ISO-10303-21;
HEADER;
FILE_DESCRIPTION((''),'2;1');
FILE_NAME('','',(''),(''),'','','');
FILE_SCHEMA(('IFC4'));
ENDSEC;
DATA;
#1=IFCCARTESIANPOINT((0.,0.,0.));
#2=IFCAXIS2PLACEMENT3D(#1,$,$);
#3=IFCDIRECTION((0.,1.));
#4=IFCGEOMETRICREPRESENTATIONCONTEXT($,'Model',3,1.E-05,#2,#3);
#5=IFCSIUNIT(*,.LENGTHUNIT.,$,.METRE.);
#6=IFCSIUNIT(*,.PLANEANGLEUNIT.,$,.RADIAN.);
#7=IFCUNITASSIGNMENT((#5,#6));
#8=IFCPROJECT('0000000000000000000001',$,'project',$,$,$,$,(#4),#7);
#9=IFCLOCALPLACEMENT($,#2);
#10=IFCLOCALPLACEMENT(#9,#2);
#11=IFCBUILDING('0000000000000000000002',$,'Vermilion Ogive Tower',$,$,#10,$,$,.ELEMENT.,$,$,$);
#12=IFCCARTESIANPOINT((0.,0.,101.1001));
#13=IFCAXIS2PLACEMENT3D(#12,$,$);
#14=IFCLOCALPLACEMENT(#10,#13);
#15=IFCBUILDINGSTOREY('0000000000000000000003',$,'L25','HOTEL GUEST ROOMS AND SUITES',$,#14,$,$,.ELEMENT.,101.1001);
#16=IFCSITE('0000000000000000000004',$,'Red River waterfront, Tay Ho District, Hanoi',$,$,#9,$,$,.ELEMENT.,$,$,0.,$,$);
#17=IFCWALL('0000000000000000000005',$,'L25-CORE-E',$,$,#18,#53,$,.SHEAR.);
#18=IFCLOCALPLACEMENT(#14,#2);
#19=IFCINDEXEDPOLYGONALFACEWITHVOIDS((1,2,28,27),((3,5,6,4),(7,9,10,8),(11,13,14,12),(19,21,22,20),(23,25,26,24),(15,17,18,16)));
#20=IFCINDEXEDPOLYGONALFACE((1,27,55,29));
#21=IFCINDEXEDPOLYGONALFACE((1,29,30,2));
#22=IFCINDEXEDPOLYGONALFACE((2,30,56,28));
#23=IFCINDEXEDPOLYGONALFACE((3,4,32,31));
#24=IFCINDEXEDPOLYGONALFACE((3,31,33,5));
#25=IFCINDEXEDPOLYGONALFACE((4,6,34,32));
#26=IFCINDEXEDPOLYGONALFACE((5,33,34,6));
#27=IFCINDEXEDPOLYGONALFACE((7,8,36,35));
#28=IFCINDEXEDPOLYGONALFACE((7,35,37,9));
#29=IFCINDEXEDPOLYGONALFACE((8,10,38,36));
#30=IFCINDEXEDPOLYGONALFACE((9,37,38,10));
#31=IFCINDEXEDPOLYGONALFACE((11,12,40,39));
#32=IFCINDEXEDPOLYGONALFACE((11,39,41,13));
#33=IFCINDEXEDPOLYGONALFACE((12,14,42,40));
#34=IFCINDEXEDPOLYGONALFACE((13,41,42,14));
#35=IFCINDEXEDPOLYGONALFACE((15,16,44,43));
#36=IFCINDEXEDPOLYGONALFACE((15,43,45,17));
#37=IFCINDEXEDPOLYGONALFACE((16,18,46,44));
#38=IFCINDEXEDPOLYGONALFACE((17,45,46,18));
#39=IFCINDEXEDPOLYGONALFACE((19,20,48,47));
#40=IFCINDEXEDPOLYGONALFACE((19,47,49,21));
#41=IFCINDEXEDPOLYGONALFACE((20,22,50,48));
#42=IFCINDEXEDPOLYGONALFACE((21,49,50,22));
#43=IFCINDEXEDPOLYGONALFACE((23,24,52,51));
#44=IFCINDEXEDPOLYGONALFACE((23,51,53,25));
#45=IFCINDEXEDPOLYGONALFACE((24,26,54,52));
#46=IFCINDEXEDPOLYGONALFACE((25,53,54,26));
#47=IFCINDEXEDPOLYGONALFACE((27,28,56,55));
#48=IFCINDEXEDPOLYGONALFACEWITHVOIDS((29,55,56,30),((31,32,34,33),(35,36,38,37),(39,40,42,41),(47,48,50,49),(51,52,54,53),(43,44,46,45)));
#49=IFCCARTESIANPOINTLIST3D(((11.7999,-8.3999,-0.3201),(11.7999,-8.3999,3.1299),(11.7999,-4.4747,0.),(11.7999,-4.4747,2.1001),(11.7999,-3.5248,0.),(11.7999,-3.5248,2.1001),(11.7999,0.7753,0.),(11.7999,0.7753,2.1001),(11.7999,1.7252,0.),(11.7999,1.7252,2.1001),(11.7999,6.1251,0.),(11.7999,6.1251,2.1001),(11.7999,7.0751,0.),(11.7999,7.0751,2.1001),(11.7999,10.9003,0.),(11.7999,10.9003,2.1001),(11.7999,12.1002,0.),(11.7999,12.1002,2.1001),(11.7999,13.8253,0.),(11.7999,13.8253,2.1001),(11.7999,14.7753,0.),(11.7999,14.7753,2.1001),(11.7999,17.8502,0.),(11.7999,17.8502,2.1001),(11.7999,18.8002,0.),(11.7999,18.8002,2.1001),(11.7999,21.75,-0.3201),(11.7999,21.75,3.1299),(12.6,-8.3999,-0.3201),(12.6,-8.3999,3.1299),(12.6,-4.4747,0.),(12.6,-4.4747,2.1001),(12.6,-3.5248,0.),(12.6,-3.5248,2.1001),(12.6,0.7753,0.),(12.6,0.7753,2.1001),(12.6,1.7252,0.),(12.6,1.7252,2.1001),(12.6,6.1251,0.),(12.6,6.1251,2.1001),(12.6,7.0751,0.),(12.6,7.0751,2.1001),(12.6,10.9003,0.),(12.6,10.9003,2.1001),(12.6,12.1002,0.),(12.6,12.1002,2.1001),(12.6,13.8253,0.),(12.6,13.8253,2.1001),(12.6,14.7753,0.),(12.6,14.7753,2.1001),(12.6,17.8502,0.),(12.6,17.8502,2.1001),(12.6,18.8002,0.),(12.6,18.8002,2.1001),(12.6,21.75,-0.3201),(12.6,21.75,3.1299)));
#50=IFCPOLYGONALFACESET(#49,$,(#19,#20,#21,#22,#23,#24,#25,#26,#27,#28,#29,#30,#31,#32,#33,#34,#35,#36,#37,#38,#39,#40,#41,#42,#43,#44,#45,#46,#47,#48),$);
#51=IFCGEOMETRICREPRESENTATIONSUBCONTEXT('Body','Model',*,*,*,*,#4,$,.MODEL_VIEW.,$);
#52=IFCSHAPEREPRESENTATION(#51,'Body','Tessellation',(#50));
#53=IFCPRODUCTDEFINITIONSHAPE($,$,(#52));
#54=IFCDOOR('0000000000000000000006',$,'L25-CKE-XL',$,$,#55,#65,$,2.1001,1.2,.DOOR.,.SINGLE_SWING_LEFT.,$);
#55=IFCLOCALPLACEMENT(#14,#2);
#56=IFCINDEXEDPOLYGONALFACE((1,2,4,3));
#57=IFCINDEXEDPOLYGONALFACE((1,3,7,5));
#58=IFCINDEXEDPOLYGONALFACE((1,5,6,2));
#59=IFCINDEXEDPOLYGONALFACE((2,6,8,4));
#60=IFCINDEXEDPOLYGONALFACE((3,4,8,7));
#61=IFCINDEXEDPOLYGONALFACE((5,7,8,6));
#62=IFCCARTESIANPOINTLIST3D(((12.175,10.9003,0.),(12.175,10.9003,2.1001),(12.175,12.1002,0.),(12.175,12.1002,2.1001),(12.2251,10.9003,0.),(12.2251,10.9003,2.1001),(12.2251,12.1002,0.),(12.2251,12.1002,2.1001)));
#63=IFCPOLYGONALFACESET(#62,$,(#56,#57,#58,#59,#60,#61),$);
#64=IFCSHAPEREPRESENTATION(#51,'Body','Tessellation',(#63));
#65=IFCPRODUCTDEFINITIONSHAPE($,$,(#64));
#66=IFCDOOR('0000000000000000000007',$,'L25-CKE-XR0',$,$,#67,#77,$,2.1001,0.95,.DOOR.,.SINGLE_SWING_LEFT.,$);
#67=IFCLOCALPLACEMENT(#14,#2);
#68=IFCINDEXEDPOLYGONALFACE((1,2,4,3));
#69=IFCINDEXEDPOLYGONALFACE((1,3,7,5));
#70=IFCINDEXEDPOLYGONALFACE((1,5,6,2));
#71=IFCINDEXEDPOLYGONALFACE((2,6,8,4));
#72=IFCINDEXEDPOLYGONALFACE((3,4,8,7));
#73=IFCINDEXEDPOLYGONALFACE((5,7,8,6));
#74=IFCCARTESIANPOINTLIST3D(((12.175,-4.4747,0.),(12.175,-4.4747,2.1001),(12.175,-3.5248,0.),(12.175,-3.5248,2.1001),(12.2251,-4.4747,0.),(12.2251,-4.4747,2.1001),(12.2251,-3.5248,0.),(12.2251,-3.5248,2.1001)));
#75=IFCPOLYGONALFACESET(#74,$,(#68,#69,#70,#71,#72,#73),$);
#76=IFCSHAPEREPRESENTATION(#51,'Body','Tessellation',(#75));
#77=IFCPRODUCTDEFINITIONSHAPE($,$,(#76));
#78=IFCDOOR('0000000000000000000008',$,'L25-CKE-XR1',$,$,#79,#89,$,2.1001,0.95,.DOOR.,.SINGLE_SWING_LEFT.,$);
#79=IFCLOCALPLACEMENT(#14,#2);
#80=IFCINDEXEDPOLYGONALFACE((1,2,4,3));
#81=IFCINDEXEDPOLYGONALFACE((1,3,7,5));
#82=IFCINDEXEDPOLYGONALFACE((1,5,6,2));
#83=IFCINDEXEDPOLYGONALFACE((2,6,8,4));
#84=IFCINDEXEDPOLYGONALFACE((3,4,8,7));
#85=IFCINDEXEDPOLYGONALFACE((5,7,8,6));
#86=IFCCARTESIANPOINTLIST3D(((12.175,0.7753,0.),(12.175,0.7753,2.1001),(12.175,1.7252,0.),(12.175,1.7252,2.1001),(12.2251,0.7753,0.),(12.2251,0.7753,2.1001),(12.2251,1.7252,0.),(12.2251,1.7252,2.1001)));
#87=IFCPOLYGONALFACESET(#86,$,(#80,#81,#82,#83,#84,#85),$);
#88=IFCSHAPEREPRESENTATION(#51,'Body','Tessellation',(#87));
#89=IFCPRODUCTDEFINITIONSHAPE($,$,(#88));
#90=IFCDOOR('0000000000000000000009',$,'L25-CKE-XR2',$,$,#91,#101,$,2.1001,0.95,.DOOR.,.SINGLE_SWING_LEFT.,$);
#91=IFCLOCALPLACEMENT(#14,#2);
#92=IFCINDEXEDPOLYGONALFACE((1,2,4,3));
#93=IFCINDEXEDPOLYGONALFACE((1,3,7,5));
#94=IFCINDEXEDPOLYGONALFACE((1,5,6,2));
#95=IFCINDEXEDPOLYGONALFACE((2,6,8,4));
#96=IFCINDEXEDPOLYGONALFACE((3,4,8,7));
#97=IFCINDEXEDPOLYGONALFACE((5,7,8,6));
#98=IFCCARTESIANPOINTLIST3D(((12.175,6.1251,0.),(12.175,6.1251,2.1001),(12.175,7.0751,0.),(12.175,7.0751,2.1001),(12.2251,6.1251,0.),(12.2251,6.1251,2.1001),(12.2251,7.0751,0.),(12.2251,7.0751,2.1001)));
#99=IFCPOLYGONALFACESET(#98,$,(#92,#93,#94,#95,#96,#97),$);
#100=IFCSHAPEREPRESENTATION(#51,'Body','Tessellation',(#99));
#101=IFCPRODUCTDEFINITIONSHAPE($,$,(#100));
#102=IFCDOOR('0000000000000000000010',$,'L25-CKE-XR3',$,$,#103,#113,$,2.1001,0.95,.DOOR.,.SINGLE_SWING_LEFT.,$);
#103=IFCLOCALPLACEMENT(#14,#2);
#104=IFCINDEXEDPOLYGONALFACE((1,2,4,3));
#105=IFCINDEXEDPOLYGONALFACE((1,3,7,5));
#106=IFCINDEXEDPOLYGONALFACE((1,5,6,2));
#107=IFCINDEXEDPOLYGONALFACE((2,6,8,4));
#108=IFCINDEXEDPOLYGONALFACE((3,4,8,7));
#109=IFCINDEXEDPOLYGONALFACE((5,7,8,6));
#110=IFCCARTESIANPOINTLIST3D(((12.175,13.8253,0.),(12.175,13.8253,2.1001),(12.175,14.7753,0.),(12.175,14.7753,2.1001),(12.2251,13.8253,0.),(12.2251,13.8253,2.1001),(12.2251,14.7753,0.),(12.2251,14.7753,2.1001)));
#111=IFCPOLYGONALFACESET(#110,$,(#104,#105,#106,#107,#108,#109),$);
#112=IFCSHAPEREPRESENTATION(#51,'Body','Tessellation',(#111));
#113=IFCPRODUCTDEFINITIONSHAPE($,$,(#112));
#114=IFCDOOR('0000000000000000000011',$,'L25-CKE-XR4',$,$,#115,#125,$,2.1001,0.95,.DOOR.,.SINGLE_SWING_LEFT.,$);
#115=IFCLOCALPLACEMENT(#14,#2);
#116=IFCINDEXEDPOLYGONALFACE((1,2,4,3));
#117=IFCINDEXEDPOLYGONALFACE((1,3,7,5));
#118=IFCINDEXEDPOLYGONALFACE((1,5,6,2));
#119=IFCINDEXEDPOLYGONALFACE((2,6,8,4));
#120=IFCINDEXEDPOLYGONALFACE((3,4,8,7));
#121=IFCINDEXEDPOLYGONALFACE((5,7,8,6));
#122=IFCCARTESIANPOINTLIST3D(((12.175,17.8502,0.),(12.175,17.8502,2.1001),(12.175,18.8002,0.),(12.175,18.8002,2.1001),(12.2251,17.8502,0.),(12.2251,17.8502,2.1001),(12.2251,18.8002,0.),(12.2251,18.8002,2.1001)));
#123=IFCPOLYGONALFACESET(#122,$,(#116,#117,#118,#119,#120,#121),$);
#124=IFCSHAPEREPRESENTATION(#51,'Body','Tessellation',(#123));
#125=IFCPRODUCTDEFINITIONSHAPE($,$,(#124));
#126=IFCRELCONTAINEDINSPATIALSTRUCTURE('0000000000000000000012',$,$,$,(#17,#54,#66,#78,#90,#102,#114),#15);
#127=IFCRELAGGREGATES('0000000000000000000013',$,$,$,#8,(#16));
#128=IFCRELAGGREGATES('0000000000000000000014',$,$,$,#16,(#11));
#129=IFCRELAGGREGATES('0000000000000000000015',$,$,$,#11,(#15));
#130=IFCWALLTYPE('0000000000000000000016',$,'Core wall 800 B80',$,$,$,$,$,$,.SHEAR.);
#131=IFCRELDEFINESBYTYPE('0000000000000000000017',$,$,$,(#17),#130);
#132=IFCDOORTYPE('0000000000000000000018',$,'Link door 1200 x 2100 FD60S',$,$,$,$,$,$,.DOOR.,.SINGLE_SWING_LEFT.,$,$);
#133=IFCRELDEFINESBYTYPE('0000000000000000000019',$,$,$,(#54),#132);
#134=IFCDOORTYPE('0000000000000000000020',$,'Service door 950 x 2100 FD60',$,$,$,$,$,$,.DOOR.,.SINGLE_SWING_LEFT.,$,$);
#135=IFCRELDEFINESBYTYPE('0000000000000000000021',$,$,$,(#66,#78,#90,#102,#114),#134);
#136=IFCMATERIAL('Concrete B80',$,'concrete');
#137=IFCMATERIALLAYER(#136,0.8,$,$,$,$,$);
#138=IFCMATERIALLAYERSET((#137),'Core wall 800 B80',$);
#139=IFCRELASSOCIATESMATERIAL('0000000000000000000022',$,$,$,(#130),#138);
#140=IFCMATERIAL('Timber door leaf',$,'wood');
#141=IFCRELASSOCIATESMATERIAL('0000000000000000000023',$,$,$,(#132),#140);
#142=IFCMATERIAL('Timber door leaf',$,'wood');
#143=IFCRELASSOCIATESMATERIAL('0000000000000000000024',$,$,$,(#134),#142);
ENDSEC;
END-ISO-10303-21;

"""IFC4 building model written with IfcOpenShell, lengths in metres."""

from ifc_helpers import new_model, si_unit, direction, frame, frame_2d, origin, place, context, subcontext, project, spatial, rectangle, extrude, material, layer, layer_set, type_object, element, fill, save


model = new_model("IFC4")

# Units and contexts
model_context = context("Model", 3, precision=1e-05, world=origin(), true_north=direction((0.0, 1.0)))
body_context = subcontext(model_context, "Body", "Model", "MODEL_VIEW")
ifc_project = project(units=[si_unit("LENGTHUNIT", "METRE"), si_unit("PLANEANGLEUNIT", "RADIAN")], contexts=[model_context])

# Site, building, storey
site_placement = place(None, origin())
site = spatial("IfcSite", under=ifc_project, at=site_placement, Name="Red River waterfront, Tay Ho District, Hanoi", CompositionType="ELEMENT", RefElevation=0.0)
building_placement = place(site_placement, origin())
building = spatial("IfcBuilding", under=site, at=building_placement, Name="Vermilion Ogive Tower", CompositionType="ELEMENT")
storey_placement = place(building_placement, frame((0.0, 0.0, 101.1001)))
storey = spatial("IfcBuildingStorey", under=building, at=storey_placement, Name="L25", Description="HOTEL GUEST ROOMS AND SUITES", CompositionType="ELEMENT", Elevation=101.1001)

# Wall, openings, doors
ifc_material_1 = material(Name="Concrete B80", Category="concrete")
ifc_layer_1 = layer(ifc_material_1, 0.8)
ifc_layer_set_1 = layer_set([ifc_layer_1], Name="Core wall 800 B80")
wall_type_1 = type_object("IfcWallType", Name="Core wall 800 B80", PredefinedType="SHEAR", material=ifc_layer_set_1)
wall_1_placement = place(storey_placement, frame((12.2, -8.3999, -0.3201), z_axis=(0.0, 0.0, 1.0), x_axis=(0.0, 1.0, 0.0)))
wall_1 = element("IfcWall", 1, at=wall_1_placement, inside=storey, type_object=wall_type_1, Name="L25-CORE-E", PredefinedType="SHEAR", context=body_context, shape_type="SweptSolid", body=[
    extrude(rectangle(XDim=30.1499, YDim=0.8, at=frame_2d((15.075, 0.0))), origin(), (0.0, 0.0, 1.0), 3.45),
])
opening_1_placement = place(wall_1_placement, frame((3.925, 0.0, 0.3201)))
opening_1 = element("IfcOpeningElement", 2, at=opening_1_placement, cuts=wall_1, PredefinedType="OPENING", context=body_context, shape_type="SweptSolid", body=[
    extrude(rectangle(XDim=0.95, YDim=2.1001, at=frame_2d((0.4751, 1.05))), frame((0.0, 0.4099, 0.0), z_axis=(0.0, -1.0, 0.0), x_axis=(1.0, 0.0, 0.0)), (0.0, 0.0, 1.0), 0.8201),
])
opening_2_placement = place(wall_1_placement, frame((9.175, 0.0, 0.3201)))
opening_2 = element("IfcOpeningElement", 3, at=opening_2_placement, cuts=wall_1, PredefinedType="OPENING", context=body_context, shape_type="SweptSolid", body=[
    extrude(rectangle(XDim=0.95, YDim=2.1001, at=frame_2d((0.4751, 1.05))), frame((0.0, 0.4099, 0.0), z_axis=(0.0, -1.0, 0.0), x_axis=(1.0, 0.0, 0.0)), (0.0, 0.0, 1.0), 0.8201),
])
opening_3_placement = place(wall_1_placement, frame((14.5249, 0.0, 0.3201)))
opening_3 = element("IfcOpeningElement", 4, at=opening_3_placement, cuts=wall_1, PredefinedType="OPENING", context=body_context, shape_type="SweptSolid", body=[
    extrude(rectangle(XDim=0.95, YDim=2.1001, at=frame_2d((0.4751, 1.05))), frame((0.0, 0.4099, 0.0), z_axis=(0.0, -1.0, 0.0), x_axis=(1.0, 0.0, 0.0)), (0.0, 0.0, 1.0), 0.8201),
])
opening_4_placement = place(wall_1_placement, frame((22.2251, 0.0, 0.3201)))
opening_4 = element("IfcOpeningElement", 5, at=opening_4_placement, cuts=wall_1, PredefinedType="OPENING", context=body_context, shape_type="SweptSolid", body=[
    extrude(rectangle(XDim=0.95, YDim=2.1001, at=frame_2d((0.4751, 1.05))), frame((0.0, 0.4099, 0.0), z_axis=(0.0, -1.0, 0.0), x_axis=(1.0, 0.0, 0.0)), (0.0, 0.0, 1.0), 0.8201),
])
opening_5_placement = place(wall_1_placement, frame((26.25, 0.0, 0.3201)))
opening_5 = element("IfcOpeningElement", 6, at=opening_5_placement, cuts=wall_1, PredefinedType="OPENING", context=body_context, shape_type="SweptSolid", body=[
    extrude(rectangle(XDim=0.95, YDim=2.1001, at=frame_2d((0.4751, 1.05))), frame((0.0, 0.4099, 0.0), z_axis=(0.0, -1.0, 0.0), x_axis=(1.0, 0.0, 0.0)), (0.0, 0.0, 1.0), 0.8201),
])
opening_6_placement = place(wall_1_placement, frame((19.3, 0.0, 0.3201)))
opening_6 = element("IfcOpeningElement", 7, at=opening_6_placement, cuts=wall_1, PredefinedType="OPENING", context=body_context, shape_type="SweptSolid", body=[
    extrude(rectangle(XDim=1.2, YDim=2.1001, at=frame_2d((0.6001, 1.05))), frame((0.0, 0.4099, 0.0), z_axis=(0.0, -1.0, 0.0), x_axis=(1.0, 0.0, 0.0)), (0.0, 0.0, 1.0), 0.8201),
])
ifc_material_2 = material(Name="Timber door leaf", Category="wood")
door_type_1 = type_object("IfcDoorType", Name="Link door 1200 x 2100 FD60S", OperationType="SINGLE_SWING_LEFT", PredefinedType="DOOR", material=ifc_material_2)
door_1_placement = place(opening_6_placement, origin())
door_1 = element("IfcDoor", 8, at=door_1_placement, inside=storey, type_object=door_type_1, Name="L25-CKE-XL", OperationType="SINGLE_SWING_LEFT", OverallHeight=2.1001, OverallWidth=1.2, PredefinedType="DOOR", context=body_context, shape_type="SweptSolid", body=[
    extrude(rectangle(XDim=1.2, YDim=2.1001, at=frame_2d((0.6001, 1.05))), frame((0.0, 0.0249, 0.0), z_axis=(0.0, -1.0, 0.0), x_axis=(1.0, 0.0, 0.0)), (0.0, 0.0, 1.0), 0.05),
])
fill(opening_6, door_1)
ifc_material_3 = material(Name="Timber door leaf", Category="wood")
door_type_2 = type_object("IfcDoorType", Name="Service door 950 x 2100 FD60", OperationType="SINGLE_SWING_LEFT", PredefinedType="DOOR", material=ifc_material_3)
door_2_placement = place(opening_1_placement, origin())
door_2 = element("IfcDoor", 9, at=door_2_placement, inside=storey, type_object=door_type_2, Name="L25-CKE-XR0", OperationType="SINGLE_SWING_LEFT", OverallHeight=2.1001, OverallWidth=0.95, PredefinedType="DOOR", context=body_context, shape_type="SweptSolid", body=[
    extrude(rectangle(XDim=0.95, YDim=2.1001, at=frame_2d((0.4751, 1.05))), frame((0.0, 0.0249, 0.0), z_axis=(0.0, -1.0, 0.0), x_axis=(1.0, 0.0, 0.0)), (0.0, 0.0, 1.0), 0.05),
])
fill(opening_1, door_2)
door_3_placement = place(opening_2_placement, origin())
door_3 = element("IfcDoor", 10, at=door_3_placement, inside=storey, type_object=door_type_2, Name="L25-CKE-XR1", OperationType="SINGLE_SWING_LEFT", OverallHeight=2.1001, OverallWidth=0.95, PredefinedType="DOOR", context=body_context, shape_type="SweptSolid", body=[
    extrude(rectangle(XDim=0.95, YDim=2.1001, at=frame_2d((0.4751, 1.05))), frame((0.0, 0.0249, 0.0), z_axis=(0.0, -1.0, 0.0), x_axis=(1.0, 0.0, 0.0)), (0.0, 0.0, 1.0), 0.05),
])
fill(opening_2, door_3)
door_4_placement = place(opening_3_placement, origin())
door_4 = element("IfcDoor", 11, at=door_4_placement, inside=storey, type_object=door_type_2, Name="L25-CKE-XR2", OperationType="SINGLE_SWING_LEFT", OverallHeight=2.1001, OverallWidth=0.95, PredefinedType="DOOR", context=body_context, shape_type="SweptSolid", body=[
    extrude(rectangle(XDim=0.95, YDim=2.1001, at=frame_2d((0.4751, 1.05))), frame((0.0, 0.0249, 0.0), z_axis=(0.0, -1.0, 0.0), x_axis=(1.0, 0.0, 0.0)), (0.0, 0.0, 1.0), 0.05),
])
fill(opening_3, door_4)
door_5_placement = place(opening_4_placement, origin())
door_5 = element("IfcDoor", 12, at=door_5_placement, inside=storey, type_object=door_type_2, Name="L25-CKE-XR3", OperationType="SINGLE_SWING_LEFT", OverallHeight=2.1001, OverallWidth=0.95, PredefinedType="DOOR", context=body_context, shape_type="SweptSolid", body=[
    extrude(rectangle(XDim=0.95, YDim=2.1001, at=frame_2d((0.4751, 1.05))), frame((0.0, 0.0249, 0.0), z_axis=(0.0, -1.0, 0.0), x_axis=(1.0, 0.0, 0.0)), (0.0, 0.0, 1.0), 0.05),
])
fill(opening_4, door_5)
door_6_placement = place(opening_5_placement, origin())
door_6 = element("IfcDoor", 13, at=door_6_placement, inside=storey, type_object=door_type_2, Name="L25-CKE-XR4", OperationType="SINGLE_SWING_LEFT", OverallHeight=2.1001, OverallWidth=0.95, PredefinedType="DOOR", context=body_context, shape_type="SweptSolid", body=[
    extrude(rectangle(XDim=0.95, YDim=2.1001, at=frame_2d((0.4751, 1.05))), frame((0.0, 0.0249, 0.0), z_axis=(0.0, -1.0, 0.0), x_axis=(1.0, 0.0, 0.0)), (0.0, 0.0, 1.0), 0.05),
])
fill(opening_5, door_6)

save(model, "model.ifc")
